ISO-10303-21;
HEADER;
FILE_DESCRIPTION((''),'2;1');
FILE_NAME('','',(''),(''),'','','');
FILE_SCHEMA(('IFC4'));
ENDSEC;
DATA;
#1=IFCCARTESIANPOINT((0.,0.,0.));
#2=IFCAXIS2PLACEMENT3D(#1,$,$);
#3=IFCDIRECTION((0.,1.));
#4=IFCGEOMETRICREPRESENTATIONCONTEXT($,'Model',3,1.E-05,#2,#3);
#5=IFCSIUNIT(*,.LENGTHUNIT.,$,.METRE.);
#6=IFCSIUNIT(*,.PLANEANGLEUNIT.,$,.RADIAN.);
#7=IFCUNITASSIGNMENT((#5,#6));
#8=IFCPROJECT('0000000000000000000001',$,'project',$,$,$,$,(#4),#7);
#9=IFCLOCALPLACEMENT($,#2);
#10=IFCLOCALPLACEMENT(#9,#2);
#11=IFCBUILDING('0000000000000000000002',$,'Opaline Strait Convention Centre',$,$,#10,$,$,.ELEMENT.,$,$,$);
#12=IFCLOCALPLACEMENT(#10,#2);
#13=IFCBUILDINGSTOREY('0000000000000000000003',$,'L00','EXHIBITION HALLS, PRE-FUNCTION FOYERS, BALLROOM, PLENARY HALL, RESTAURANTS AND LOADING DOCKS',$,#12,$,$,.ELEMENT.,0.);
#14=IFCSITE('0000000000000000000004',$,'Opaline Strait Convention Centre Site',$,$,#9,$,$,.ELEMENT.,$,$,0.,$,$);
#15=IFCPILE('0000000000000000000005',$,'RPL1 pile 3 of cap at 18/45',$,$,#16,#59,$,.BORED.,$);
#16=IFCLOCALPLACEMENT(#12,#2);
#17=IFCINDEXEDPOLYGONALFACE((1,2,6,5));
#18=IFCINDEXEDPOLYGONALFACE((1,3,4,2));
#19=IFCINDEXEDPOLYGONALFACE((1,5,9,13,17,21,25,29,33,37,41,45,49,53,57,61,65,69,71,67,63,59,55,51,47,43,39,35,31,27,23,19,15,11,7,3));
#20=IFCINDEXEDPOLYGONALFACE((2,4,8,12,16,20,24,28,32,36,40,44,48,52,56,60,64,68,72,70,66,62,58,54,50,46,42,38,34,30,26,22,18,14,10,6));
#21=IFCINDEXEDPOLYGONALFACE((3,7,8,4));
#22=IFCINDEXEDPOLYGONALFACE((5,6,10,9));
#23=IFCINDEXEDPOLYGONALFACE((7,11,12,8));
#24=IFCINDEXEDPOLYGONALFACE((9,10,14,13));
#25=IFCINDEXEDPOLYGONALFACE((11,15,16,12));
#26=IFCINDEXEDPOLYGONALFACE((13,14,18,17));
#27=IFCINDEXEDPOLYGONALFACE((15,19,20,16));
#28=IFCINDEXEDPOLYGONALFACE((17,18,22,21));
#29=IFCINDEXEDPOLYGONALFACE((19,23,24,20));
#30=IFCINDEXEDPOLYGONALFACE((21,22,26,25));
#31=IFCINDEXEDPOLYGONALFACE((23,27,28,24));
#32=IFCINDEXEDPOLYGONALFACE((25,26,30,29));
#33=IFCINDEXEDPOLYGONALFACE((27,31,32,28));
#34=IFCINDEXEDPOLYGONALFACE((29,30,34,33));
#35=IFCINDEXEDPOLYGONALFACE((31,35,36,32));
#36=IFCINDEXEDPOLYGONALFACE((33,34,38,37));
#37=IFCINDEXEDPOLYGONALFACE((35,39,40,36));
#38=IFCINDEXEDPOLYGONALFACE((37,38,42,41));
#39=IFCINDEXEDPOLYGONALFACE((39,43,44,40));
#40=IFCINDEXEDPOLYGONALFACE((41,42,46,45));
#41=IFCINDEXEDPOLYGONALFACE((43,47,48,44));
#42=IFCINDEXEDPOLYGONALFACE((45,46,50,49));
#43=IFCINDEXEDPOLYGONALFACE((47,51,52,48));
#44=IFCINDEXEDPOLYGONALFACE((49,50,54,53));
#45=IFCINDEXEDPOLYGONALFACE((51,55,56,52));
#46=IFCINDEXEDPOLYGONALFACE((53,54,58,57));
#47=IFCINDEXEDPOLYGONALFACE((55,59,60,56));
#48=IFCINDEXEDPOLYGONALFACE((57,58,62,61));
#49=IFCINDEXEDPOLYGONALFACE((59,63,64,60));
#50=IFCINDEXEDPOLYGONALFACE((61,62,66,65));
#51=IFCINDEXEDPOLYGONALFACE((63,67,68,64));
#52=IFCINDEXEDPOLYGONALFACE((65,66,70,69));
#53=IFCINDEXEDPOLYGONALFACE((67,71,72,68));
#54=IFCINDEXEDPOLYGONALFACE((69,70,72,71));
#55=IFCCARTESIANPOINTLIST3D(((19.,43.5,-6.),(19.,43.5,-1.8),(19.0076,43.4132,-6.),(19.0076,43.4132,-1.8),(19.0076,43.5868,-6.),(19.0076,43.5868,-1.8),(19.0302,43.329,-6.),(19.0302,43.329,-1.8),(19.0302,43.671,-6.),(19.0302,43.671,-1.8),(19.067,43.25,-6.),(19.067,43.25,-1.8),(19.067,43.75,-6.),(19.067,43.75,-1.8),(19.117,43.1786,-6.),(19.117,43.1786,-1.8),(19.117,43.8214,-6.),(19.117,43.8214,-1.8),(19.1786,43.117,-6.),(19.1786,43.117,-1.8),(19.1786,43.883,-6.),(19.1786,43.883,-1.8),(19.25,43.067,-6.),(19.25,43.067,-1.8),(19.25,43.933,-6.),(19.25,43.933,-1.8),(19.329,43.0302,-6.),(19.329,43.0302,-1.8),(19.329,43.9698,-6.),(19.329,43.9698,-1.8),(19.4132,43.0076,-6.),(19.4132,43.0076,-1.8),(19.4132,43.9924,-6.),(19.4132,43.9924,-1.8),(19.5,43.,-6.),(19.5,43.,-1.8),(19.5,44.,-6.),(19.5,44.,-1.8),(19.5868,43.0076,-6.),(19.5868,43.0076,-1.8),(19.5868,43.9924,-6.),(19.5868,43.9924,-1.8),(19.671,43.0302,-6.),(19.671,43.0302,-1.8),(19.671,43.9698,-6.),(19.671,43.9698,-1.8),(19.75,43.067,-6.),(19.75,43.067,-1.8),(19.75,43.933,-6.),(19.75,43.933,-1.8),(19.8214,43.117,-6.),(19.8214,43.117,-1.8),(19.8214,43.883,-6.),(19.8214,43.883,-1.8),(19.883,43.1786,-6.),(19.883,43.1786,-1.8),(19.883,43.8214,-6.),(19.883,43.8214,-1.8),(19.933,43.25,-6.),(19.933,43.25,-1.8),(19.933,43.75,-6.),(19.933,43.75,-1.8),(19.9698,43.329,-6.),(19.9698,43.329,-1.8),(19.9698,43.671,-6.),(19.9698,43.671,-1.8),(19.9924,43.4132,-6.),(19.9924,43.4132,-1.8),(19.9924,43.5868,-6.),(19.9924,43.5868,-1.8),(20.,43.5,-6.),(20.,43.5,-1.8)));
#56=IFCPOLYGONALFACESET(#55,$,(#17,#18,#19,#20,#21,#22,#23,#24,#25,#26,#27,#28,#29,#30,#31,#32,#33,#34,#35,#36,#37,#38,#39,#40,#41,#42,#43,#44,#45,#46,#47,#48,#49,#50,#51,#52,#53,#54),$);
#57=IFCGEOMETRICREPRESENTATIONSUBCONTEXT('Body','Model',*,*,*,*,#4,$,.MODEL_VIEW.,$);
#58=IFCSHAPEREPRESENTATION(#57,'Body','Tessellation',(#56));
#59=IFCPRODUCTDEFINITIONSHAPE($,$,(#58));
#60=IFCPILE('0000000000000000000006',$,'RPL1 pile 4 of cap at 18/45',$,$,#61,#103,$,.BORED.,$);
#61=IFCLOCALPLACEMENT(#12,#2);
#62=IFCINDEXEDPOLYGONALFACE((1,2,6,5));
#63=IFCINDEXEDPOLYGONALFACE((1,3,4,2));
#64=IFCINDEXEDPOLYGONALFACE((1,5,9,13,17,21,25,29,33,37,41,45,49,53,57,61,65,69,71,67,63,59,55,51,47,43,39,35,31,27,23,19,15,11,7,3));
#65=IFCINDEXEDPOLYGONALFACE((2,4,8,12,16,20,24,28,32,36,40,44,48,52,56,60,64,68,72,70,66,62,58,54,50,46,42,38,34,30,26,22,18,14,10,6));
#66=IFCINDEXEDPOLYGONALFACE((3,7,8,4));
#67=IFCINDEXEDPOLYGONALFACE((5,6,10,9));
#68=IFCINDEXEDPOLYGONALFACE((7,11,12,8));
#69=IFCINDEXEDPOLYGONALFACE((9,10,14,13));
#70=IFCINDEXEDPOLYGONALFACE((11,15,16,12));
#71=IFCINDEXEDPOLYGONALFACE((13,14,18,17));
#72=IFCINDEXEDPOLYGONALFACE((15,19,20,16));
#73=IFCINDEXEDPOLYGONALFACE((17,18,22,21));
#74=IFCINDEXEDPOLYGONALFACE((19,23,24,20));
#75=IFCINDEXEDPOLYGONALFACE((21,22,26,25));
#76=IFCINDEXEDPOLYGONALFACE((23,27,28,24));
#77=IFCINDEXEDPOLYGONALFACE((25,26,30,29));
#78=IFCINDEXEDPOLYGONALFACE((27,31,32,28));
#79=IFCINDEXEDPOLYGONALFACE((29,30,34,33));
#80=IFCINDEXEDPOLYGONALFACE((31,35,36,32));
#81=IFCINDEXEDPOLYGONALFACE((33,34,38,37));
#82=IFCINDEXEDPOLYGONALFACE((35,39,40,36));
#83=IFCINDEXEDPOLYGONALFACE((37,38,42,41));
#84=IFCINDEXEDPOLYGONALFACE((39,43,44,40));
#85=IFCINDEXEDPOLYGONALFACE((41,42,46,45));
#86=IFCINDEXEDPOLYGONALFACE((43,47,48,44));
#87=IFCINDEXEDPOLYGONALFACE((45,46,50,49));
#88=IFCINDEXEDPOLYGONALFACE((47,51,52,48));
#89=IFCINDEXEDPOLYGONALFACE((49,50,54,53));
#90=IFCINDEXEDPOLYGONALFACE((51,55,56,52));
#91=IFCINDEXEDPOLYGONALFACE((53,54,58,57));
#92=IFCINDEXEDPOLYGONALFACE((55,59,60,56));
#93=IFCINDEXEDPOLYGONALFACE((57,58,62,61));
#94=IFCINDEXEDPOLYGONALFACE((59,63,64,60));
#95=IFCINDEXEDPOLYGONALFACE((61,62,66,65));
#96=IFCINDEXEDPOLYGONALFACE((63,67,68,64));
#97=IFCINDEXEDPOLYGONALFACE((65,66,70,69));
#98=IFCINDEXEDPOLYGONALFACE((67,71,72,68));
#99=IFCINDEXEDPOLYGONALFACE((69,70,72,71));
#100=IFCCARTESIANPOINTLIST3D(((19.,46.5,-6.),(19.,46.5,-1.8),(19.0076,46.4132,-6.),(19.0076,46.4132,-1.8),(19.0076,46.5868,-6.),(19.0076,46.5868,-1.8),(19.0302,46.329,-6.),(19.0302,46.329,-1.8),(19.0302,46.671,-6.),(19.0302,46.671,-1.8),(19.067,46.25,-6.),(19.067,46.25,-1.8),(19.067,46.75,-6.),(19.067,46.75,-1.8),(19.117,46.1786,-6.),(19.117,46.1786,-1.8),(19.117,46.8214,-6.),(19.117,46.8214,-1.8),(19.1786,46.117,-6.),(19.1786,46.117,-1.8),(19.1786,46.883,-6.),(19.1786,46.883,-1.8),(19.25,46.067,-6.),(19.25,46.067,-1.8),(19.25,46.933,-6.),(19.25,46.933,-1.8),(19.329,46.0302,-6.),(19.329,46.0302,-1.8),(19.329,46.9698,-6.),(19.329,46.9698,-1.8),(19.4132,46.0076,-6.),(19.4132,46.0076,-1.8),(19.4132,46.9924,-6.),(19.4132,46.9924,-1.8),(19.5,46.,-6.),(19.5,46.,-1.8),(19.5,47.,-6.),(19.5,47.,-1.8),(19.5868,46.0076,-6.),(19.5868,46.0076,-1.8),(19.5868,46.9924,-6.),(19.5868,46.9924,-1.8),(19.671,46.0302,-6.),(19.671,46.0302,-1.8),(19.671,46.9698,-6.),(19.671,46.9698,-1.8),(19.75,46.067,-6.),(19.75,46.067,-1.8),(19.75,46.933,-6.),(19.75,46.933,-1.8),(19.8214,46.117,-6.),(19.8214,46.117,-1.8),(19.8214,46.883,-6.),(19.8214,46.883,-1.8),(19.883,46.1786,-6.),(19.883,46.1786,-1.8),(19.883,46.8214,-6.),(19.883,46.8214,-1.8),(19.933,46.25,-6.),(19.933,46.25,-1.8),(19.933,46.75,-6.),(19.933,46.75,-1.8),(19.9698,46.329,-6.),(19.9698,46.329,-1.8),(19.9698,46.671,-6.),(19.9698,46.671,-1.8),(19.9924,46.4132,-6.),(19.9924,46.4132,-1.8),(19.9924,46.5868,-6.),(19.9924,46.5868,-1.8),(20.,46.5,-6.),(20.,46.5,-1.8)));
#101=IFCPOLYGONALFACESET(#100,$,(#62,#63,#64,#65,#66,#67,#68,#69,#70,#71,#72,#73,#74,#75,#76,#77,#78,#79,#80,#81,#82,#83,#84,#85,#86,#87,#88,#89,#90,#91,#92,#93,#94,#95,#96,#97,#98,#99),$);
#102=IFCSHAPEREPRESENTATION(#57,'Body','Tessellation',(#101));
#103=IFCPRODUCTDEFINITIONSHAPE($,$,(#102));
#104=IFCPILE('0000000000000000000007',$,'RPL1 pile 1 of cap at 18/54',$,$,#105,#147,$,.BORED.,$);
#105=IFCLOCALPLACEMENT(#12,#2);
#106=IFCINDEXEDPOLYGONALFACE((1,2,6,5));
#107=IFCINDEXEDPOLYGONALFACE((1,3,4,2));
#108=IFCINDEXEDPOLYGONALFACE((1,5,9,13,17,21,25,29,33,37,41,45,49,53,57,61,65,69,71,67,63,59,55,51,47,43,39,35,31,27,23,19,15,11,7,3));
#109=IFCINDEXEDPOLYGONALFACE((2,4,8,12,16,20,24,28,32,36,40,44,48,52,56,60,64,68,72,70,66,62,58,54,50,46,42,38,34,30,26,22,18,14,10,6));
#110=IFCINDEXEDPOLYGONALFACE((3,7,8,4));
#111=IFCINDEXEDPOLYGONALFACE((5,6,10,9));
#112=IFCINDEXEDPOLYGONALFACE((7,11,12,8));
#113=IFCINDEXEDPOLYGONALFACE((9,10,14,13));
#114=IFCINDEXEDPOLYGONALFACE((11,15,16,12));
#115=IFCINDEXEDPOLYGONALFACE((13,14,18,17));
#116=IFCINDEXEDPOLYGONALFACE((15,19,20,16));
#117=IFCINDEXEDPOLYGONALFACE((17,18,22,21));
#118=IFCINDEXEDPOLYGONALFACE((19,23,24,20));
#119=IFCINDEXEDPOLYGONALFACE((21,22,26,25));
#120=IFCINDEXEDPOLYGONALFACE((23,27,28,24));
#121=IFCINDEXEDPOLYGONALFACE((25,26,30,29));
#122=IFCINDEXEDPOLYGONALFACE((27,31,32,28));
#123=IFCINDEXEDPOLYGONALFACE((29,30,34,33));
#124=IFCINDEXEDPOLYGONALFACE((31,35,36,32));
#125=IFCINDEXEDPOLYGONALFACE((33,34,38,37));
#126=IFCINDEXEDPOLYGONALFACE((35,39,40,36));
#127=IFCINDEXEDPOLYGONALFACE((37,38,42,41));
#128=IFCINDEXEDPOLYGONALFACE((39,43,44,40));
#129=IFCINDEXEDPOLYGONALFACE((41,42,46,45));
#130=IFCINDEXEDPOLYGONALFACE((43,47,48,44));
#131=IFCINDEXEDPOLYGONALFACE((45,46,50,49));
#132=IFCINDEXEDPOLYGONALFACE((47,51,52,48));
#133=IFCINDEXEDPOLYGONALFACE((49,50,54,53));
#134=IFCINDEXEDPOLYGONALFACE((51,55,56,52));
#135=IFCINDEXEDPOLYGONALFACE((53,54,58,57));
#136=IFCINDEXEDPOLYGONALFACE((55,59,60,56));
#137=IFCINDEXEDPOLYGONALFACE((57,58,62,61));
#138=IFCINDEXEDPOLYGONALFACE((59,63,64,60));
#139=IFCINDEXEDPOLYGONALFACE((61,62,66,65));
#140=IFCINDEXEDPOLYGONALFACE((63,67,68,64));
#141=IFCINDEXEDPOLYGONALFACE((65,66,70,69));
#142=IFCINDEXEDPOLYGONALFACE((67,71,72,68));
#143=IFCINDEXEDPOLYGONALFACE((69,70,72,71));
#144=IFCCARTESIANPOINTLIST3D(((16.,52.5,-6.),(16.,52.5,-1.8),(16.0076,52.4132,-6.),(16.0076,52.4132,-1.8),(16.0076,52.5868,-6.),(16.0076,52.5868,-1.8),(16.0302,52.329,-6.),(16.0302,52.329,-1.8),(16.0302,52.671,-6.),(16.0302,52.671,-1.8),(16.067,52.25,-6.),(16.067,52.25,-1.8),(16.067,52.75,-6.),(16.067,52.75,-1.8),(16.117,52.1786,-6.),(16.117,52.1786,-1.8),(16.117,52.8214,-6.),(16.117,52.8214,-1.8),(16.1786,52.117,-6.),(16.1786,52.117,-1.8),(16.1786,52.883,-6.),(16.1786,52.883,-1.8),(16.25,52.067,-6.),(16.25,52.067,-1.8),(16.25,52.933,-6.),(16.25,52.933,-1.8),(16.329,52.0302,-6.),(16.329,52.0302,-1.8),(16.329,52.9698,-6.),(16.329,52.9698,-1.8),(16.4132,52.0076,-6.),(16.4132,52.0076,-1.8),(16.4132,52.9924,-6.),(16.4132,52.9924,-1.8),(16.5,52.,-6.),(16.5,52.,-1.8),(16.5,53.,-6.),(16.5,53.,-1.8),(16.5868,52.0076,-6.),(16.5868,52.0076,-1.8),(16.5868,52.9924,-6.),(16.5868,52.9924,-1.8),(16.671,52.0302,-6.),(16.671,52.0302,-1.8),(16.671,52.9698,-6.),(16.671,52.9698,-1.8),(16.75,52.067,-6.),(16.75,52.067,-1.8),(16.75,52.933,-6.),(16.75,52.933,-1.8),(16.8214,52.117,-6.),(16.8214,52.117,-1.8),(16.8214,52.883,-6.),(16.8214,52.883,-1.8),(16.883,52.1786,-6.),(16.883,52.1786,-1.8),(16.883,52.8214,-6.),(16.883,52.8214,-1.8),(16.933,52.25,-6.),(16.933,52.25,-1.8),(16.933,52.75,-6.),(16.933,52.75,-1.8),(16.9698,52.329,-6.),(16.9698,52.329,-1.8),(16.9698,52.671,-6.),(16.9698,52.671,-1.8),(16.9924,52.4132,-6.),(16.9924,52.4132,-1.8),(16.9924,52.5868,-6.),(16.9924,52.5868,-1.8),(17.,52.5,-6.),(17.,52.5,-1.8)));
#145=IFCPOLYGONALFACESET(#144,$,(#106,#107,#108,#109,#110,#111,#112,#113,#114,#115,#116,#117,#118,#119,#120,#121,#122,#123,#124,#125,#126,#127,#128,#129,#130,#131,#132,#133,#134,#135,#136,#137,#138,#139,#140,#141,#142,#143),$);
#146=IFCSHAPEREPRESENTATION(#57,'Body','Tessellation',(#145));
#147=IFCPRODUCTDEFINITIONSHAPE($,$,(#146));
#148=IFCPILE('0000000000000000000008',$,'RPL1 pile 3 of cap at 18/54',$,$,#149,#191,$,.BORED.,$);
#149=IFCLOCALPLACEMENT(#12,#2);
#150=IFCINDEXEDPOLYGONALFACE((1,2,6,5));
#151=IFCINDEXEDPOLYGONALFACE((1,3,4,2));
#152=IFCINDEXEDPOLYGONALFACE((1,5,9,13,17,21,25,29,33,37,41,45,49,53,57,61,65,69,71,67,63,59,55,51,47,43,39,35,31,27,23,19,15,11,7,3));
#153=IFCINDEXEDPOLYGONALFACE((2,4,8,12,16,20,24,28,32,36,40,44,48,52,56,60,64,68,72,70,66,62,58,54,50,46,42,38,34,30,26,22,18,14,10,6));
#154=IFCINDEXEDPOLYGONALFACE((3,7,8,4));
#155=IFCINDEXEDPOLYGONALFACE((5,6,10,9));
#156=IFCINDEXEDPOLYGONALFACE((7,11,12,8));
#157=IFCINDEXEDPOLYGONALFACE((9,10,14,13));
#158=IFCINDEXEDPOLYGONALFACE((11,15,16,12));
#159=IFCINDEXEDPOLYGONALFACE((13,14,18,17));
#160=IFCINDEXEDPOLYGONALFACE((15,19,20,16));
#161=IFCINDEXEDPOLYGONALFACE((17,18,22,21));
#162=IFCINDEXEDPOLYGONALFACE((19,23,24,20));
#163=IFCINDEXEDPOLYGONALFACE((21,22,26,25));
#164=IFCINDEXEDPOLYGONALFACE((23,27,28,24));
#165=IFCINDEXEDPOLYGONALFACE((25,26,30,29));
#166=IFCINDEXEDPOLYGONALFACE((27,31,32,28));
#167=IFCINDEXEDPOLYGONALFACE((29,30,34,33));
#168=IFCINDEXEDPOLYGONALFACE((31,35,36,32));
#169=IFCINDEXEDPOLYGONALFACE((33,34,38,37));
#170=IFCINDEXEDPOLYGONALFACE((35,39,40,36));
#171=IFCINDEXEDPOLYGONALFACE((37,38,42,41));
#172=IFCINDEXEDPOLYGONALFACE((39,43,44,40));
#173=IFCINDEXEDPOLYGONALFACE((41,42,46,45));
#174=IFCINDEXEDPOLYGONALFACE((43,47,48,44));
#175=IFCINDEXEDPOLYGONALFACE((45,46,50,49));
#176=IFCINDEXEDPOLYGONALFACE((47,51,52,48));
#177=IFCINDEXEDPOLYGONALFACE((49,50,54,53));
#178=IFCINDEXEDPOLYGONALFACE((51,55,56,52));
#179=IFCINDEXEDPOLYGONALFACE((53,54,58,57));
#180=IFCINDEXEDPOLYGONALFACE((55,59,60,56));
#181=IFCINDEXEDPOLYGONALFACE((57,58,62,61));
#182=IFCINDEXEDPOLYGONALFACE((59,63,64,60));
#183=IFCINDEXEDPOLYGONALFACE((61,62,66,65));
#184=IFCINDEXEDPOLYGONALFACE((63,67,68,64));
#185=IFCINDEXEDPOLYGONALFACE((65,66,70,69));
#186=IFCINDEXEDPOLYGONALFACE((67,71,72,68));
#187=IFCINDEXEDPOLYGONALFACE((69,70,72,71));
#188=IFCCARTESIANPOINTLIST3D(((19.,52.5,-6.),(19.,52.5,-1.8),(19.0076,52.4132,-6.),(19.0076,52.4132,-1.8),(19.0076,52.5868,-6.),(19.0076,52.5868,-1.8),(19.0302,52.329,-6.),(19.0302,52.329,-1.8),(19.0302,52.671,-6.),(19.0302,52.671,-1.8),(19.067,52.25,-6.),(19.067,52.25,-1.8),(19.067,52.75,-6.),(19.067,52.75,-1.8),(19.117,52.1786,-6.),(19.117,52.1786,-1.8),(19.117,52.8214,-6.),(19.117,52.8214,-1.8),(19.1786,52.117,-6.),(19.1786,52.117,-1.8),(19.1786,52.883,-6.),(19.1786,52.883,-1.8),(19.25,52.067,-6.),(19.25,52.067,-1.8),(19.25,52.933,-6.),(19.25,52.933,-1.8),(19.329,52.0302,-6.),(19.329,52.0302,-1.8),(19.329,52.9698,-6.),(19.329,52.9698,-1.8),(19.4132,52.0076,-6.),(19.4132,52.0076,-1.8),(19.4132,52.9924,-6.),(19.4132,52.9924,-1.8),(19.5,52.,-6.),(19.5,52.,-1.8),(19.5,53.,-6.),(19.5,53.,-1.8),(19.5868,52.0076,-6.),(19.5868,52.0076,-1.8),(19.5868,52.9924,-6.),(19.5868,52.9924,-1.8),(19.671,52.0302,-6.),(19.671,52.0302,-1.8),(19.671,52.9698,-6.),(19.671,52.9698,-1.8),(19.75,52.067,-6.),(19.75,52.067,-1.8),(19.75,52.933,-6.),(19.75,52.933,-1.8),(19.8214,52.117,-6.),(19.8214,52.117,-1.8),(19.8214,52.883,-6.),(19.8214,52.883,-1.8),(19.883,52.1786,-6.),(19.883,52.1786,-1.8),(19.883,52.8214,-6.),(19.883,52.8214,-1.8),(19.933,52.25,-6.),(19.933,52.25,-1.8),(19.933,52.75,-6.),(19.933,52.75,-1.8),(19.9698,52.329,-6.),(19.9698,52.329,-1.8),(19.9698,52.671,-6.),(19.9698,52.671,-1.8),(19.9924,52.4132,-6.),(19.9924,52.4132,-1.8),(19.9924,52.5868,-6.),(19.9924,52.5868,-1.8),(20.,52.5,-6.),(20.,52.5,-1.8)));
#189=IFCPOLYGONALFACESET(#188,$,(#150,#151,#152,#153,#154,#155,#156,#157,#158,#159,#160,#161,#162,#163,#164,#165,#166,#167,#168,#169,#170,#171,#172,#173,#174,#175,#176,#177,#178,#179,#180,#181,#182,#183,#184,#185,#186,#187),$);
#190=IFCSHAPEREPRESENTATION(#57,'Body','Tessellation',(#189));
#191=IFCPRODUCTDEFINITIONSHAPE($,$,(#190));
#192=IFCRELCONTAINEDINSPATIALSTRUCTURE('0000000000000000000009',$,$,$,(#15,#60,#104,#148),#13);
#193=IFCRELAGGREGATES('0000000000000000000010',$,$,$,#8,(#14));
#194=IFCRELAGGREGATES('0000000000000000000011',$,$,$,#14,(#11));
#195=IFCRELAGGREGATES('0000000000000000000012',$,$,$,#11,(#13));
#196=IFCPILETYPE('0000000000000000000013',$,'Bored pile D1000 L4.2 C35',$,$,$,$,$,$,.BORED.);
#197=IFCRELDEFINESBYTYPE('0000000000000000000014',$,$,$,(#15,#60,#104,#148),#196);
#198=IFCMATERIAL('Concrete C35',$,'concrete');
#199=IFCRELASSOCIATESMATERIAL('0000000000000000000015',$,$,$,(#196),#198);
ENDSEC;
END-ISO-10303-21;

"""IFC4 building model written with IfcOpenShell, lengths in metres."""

from ifc_helpers import new_model, si_unit, direction, frame, origin, origin_2d, place, context, subcontext, project, spatial, circle, extrude, material, material_profile, profile_set, type_object, element, save


model = new_model("IFC4")

# Units and contexts
model_context = context("Model", 3, precision=1e-05, world=origin(), true_north=direction((0.0, 1.0)))
body_context = subcontext(model_context, "Body", "Model", "MODEL_VIEW")
ifc_project = project(units=[si_unit("LENGTHUNIT", "METRE"), si_unit("PLANEANGLEUNIT", "RADIAN")], contexts=[model_context])

# Site, building, storey
site_placement = place(None, origin())
site = spatial("IfcSite", under=ifc_project, at=site_placement, Name="Opaline Strait Convention Centre Site", CompositionType="ELEMENT", RefElevation=0.0)
building_placement = place(site_placement, origin())
building = spatial("IfcBuilding", under=site, at=building_placement, Name="Opaline Strait Convention Centre", CompositionType="ELEMENT")
storey_placement = place(building_placement, origin())
storey = spatial("IfcBuildingStorey", under=building, at=storey_placement, Name="L00", Description="EXHIBITION HALLS, PRE-FUNCTION FOYERS, BALLROOM, PLENARY HALL, RESTAURANTS AND LOADING DOCKS", CompositionType="ELEMENT", Elevation=0.0)

# Piles
ifc_material_1 = material(Name="Concrete C35", Category="concrete")
ifc_material_profile_1 = material_profile(ifc_material_1, circle(Radius=0.5, at=origin_2d()), Name="D1000")
ifc_profile_set_1 = profile_set([ifc_material_profile_1], Name="Concrete C35")
pile_type = type_object("IfcPileType", Name="Bored pile D1000 L4.2 C35", PredefinedType="BORED", material=ifc_profile_set_1)
for number, where, z_axis, x_axis, name in (
    (1, (19.5, 43.5, -1.8), (0.0, 0.0, -1.0), (1.0, 0.0, 0.0), "RPL1 pile 3 of cap at 18/45"),
    (2, (19.5, 46.5, -1.8), (0.0, 0.0, -1.0), (1.0, 0.0, 0.0), "RPL1 pile 4 of cap at 18/45"),
    (3, (16.5, 52.5, -1.8), (0.0, 0.0, -1.0), (1.0, 0.0, 0.0), "RPL1 pile 1 of cap at 18/54"),
    (4, (19.5, 52.5, -1.8), (0.0, 0.0, -1.0), (1.0, 0.0, 0.0), "RPL1 pile 3 of cap at 18/54"),
):
    element("IfcPile", number, at=place(storey_placement, frame(where, z_axis=z_axis, x_axis=x_axis)), inside=storey, type_object=pile_type, Name=name, PredefinedType="BORED", context=body_context, shape_type="SweptSolid", body=[
        extrude(circle(Radius=0.5, at=origin_2d()), origin(), (0.0, 0.0, 1.0), 4.2),
    ])

save(model, "model.ifc")
